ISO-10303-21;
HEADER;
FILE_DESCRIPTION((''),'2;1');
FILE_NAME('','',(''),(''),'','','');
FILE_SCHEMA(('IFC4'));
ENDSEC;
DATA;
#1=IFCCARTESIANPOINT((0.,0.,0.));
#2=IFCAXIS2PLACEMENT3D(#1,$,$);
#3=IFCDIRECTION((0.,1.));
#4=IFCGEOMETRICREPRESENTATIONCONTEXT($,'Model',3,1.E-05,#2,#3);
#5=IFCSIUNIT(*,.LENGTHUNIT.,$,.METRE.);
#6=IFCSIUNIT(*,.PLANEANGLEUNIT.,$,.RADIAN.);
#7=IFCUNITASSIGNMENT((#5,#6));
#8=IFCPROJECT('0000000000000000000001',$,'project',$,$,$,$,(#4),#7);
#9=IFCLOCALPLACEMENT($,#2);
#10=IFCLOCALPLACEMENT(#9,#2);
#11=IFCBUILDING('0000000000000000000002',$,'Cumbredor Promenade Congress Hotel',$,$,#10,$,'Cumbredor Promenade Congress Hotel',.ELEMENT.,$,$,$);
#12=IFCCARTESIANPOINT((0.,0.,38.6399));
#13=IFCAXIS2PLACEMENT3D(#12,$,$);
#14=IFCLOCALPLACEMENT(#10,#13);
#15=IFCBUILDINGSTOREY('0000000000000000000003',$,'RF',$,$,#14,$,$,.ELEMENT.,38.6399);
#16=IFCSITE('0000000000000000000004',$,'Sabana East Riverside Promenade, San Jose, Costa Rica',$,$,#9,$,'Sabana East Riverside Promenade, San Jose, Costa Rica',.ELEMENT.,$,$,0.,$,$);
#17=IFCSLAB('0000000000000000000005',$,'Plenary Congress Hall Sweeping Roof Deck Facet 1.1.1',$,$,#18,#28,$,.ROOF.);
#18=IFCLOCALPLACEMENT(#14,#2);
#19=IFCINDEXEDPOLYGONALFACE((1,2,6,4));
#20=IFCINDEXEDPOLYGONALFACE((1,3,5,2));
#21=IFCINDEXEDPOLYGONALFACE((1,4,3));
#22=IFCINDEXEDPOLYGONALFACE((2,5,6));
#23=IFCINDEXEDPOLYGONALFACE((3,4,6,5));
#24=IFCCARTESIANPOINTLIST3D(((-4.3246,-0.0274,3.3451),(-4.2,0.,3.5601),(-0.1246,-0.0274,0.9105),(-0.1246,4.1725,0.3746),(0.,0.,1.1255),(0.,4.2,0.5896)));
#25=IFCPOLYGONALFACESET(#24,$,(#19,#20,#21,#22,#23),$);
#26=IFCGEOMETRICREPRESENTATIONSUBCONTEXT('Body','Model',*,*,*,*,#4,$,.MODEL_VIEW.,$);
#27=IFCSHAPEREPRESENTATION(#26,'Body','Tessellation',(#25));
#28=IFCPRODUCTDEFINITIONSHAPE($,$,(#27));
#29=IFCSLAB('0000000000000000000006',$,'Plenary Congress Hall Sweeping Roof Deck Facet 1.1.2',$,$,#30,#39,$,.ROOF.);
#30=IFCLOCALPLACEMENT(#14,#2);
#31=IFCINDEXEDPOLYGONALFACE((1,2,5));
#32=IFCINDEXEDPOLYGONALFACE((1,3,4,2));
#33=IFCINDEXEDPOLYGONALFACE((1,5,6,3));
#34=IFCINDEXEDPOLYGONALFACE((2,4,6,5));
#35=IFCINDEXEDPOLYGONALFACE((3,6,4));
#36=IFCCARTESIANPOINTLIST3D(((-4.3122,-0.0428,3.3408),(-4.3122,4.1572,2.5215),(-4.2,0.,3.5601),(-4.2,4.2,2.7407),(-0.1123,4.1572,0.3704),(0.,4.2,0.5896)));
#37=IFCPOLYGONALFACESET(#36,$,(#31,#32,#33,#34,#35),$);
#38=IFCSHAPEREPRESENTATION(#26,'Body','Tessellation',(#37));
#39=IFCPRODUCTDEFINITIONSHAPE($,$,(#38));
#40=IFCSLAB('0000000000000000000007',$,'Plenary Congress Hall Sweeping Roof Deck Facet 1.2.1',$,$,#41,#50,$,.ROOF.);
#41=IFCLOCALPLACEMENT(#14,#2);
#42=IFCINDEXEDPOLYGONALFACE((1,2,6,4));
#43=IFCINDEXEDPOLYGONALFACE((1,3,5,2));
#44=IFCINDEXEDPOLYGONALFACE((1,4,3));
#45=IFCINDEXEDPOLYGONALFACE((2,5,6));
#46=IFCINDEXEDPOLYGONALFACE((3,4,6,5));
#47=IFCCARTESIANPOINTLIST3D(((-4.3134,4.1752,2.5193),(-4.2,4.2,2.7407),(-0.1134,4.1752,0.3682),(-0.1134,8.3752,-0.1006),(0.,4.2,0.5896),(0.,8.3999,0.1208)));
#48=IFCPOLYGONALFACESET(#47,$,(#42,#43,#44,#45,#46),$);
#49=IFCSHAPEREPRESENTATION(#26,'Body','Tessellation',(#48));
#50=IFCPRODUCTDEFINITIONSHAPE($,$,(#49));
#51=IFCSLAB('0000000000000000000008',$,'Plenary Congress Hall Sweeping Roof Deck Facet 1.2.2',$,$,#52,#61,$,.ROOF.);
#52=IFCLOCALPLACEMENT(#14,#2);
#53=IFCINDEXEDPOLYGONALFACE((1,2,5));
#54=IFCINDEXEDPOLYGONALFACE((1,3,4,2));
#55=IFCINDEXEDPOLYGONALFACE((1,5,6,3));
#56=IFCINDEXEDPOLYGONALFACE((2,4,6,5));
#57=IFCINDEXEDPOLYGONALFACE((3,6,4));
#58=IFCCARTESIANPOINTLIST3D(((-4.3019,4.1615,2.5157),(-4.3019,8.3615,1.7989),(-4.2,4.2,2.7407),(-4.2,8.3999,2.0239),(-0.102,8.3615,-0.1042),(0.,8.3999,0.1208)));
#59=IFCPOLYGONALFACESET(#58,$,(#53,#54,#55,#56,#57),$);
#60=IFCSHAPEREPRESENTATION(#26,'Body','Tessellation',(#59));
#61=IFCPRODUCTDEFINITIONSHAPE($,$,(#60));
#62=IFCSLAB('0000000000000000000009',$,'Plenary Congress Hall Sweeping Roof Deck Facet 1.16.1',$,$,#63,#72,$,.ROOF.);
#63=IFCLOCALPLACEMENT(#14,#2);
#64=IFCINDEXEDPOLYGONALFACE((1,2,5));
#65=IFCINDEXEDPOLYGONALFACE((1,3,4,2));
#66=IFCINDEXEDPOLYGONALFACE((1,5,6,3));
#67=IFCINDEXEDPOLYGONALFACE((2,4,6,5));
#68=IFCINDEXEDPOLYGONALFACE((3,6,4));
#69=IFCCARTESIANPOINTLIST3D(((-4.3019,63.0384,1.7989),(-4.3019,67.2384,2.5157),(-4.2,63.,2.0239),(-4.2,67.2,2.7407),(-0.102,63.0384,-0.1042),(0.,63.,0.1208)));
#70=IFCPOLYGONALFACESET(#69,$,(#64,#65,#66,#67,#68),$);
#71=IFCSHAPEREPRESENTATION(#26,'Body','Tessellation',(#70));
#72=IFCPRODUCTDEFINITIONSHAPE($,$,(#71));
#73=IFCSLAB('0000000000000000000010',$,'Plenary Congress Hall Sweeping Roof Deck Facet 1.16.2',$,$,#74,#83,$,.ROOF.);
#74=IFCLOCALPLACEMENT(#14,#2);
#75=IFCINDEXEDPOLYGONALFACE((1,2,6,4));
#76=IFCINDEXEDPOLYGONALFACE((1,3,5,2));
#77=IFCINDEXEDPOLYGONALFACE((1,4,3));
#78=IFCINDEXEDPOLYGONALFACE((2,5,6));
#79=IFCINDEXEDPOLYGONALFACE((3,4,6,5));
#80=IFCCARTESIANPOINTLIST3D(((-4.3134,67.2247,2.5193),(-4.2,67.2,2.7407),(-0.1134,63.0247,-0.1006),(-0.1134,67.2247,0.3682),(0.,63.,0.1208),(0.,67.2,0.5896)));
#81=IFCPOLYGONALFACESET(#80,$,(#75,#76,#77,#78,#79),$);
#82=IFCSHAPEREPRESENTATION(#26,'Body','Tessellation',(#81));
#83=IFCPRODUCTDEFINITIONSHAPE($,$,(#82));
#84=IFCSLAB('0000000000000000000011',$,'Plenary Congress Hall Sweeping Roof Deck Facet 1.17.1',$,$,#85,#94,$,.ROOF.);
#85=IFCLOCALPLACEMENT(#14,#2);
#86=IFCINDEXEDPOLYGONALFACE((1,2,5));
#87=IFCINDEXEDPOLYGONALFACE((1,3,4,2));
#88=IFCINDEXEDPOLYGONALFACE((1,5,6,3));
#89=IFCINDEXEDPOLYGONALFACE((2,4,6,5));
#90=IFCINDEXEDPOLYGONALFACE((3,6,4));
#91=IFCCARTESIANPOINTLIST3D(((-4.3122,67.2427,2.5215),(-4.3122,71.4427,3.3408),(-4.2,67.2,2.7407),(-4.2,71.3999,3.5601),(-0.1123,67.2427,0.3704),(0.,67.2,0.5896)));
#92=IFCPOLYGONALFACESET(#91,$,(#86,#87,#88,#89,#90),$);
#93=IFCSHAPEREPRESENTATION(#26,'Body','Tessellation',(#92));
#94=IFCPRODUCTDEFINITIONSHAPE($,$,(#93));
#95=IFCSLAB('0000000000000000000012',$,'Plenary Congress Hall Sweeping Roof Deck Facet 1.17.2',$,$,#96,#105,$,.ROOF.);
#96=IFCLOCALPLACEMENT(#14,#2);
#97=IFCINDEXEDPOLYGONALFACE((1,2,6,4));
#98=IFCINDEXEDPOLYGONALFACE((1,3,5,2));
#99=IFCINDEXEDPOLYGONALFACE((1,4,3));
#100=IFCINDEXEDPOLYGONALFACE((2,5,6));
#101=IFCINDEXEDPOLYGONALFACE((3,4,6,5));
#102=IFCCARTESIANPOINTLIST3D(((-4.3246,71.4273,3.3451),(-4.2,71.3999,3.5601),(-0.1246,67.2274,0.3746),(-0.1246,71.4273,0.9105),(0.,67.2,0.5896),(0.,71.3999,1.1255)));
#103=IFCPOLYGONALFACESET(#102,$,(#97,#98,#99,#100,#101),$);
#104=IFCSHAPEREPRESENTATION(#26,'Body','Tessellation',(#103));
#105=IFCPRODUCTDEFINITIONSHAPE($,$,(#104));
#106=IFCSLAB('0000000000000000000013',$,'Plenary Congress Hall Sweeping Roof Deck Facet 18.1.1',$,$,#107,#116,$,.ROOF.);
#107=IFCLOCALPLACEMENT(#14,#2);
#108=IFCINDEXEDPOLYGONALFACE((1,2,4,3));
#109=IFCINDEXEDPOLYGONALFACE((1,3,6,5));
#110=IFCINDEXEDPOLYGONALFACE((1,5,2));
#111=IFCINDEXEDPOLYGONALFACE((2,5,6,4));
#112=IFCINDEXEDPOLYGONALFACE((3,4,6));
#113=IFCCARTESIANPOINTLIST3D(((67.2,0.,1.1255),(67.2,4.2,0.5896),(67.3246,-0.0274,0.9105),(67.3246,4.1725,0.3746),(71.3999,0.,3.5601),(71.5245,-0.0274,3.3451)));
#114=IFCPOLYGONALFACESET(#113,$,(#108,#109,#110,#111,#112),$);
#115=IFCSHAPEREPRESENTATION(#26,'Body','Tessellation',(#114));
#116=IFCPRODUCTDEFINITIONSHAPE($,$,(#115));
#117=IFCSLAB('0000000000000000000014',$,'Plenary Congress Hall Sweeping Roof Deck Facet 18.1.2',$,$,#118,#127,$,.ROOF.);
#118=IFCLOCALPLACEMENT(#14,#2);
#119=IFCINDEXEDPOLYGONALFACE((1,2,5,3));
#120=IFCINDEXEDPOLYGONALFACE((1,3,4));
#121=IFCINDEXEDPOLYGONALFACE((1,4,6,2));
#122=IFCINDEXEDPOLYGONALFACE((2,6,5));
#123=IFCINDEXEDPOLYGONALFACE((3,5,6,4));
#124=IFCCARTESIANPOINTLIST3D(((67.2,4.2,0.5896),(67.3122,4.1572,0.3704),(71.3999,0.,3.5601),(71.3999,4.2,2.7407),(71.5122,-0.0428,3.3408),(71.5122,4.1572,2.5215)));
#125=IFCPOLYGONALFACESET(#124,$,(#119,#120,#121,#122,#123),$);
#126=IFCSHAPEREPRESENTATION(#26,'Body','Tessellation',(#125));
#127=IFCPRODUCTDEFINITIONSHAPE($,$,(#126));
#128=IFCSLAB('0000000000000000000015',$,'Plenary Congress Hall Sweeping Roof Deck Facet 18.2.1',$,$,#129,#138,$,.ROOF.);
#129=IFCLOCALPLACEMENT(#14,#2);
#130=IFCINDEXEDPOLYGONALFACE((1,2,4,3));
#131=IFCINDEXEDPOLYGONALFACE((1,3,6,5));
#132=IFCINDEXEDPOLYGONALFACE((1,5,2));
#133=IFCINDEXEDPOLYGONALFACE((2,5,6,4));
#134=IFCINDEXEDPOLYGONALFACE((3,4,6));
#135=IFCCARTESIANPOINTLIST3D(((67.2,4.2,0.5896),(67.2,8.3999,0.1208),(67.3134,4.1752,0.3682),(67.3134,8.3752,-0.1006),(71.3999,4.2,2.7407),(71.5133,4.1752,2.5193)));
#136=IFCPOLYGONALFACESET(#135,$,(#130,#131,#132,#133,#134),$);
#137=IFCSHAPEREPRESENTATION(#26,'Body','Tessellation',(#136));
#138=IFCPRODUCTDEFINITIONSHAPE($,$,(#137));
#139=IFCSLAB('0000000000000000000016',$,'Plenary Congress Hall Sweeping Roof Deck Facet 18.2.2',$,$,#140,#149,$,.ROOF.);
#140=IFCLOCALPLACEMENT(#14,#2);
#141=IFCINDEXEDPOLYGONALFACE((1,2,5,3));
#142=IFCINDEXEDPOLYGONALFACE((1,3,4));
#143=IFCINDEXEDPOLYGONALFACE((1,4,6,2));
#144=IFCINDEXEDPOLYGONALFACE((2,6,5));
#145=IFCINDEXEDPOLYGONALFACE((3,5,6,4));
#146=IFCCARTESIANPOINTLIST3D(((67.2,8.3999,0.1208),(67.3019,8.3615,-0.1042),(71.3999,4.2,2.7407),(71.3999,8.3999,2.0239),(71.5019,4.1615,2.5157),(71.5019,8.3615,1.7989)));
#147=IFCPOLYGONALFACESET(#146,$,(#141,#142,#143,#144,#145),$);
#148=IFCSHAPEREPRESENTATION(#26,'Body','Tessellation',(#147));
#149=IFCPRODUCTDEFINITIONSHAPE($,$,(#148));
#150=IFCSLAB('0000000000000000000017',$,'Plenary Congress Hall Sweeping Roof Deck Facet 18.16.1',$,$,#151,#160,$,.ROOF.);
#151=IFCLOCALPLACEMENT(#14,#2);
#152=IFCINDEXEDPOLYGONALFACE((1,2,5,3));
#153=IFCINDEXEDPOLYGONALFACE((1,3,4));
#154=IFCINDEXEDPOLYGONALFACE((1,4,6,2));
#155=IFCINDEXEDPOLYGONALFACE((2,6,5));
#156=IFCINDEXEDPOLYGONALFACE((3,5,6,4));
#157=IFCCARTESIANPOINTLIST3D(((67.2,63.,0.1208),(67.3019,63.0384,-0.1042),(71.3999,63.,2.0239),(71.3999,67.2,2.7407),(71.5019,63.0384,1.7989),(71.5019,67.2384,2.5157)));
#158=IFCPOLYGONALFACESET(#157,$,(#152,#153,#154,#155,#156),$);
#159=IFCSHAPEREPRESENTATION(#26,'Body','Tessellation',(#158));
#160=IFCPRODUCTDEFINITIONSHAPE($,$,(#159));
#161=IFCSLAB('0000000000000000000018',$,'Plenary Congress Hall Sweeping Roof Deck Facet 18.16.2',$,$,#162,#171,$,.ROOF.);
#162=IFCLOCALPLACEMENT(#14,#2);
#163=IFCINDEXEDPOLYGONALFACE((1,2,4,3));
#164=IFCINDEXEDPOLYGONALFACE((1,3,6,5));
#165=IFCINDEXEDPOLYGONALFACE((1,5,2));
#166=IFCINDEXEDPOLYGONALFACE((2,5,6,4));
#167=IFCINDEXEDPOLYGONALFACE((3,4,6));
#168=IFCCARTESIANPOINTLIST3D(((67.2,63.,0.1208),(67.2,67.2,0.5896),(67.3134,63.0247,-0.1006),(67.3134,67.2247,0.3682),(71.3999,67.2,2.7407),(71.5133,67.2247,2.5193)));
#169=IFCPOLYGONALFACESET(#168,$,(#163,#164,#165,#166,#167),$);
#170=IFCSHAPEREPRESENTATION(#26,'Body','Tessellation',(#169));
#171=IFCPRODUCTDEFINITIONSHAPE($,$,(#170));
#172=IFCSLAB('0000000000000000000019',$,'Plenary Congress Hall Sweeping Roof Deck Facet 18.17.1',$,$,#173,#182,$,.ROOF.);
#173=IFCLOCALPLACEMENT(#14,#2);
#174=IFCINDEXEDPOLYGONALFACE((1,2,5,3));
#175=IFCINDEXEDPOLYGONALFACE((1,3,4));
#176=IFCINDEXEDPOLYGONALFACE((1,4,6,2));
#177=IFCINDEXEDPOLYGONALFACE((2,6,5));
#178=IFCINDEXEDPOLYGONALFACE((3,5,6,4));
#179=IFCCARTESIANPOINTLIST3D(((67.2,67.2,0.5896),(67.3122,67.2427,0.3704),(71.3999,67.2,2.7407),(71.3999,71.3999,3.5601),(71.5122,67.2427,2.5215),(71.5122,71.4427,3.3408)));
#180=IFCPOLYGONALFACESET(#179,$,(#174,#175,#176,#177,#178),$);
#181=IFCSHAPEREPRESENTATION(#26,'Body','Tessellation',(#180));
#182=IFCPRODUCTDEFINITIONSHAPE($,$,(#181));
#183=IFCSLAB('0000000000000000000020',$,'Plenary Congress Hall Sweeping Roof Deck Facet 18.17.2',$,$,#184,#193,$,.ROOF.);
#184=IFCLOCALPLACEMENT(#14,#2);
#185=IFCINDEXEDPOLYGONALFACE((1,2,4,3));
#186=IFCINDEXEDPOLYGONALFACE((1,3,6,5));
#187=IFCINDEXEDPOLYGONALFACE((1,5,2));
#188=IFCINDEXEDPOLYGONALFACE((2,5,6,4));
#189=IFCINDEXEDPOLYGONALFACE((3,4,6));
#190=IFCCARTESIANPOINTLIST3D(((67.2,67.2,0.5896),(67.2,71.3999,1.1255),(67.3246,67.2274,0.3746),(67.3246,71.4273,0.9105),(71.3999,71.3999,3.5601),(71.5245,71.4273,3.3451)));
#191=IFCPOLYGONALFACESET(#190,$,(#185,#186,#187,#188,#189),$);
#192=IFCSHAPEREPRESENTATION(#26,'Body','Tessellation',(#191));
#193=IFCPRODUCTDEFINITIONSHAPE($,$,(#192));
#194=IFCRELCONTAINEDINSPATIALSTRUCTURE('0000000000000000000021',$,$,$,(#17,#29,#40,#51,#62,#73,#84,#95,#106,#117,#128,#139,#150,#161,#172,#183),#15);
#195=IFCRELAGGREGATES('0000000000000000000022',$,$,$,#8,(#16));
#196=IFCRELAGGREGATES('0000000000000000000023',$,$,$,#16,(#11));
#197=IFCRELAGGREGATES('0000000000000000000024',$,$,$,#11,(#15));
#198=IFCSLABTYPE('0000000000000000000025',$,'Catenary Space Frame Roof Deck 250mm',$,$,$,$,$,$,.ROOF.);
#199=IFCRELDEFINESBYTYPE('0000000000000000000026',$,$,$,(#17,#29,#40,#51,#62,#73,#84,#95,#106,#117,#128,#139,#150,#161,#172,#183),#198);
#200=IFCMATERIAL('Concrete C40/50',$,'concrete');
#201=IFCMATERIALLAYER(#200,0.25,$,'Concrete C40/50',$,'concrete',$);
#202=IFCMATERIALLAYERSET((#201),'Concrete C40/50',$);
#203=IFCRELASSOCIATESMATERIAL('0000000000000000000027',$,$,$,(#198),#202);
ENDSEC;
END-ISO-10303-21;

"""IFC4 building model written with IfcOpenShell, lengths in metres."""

from ifc_helpers import new_model, si_unit, direction, frame, origin, place, context, subcontext, project, spatial, polyline, outline, extrude, material, layer, layer_set, type_object, element, save


model = new_model("IFC4")

# Units and contexts
model_context = context("Model", 3, precision=1e-05, world=origin(), true_north=direction((0.0, 1.0)))
body_context = subcontext(model_context, "Body", "Model", "MODEL_VIEW")
ifc_project = project(units=[si_unit("LENGTHUNIT", "METRE"), si_unit("PLANEANGLEUNIT", "RADIAN")], contexts=[model_context])

# Site, building, storey
site_placement = place(None, origin())
site = spatial("IfcSite", under=ifc_project, at=site_placement, Name="Sabana East Riverside Promenade, San Jose, Costa Rica", LongName="Sabana East Riverside Promenade, San Jose, Costa Rica", CompositionType="ELEMENT", RefElevation=0.0)
building_placement = place(site_placement, origin())
building = spatial("IfcBuilding", under=site, at=building_placement, Name="Cumbredor Promenade Congress Hotel", LongName="Cumbredor Promenade Congress Hotel", CompositionType="ELEMENT")
storey_placement = place(building_placement, frame((0.0, 0.0, 38.6399)))
storey = spatial("IfcBuildingStorey", under=building, at=storey_placement, Name="RF", CompositionType="ELEMENT", Elevation=38.6399)

# Slabs
ifc_material_1 = material(Name="Concrete C40/50", Category="concrete")
ifc_layer_1 = layer(ifc_material_1, 0.25, Name="Concrete C40/50", Category="concrete")
ifc_layer_set_1 = layer_set([ifc_layer_1], Name="Concrete C40/50")
slab_type_1 = type_object("IfcSlabType", Name="Catenary Space Frame Roof Deck 250mm", PredefinedType="ROOF", material=ifc_layer_set_1)
slab_1_placement = place(storey_placement, frame((-4.2, 0.0, 3.5601), z_axis=(0.498474, 0.109722, 0.859933), x_axis=(0.865156, 0.0, -0.501502)))
element("IfcSlab", 1, at=slab_1_placement, inside=storey, type_object=slab_type_1, Name="Plenary Congress Hall Sweeping Roof Deck Facet 1.1.1", PredefinedType="ROOF", context=body_context, shape_type="SweptSolid", body=[
    extrude(outline(polyline([(0.0, 0.0), (4.8546, 0.0), (5.1233, 4.2255), (0.0, 0.0)])), origin(), (0.0, 0.0, -1.0), 0.25),
])
slab_2_placement = place(storey_placement, frame((-4.2, 0.0, 3.5601), z_axis=(0.449144, 0.171073, 0.876929), x_axis=(0.632428, 0.632428, -0.447291)))
element("IfcSlab", 2, at=slab_2_placement, inside=storey, type_object=slab_type_1, Name="Plenary Congress Hall Sweeping Roof Deck Facet 1.1.2", PredefinedType="ROOF", context=body_context, shape_type="SweptSolid", body=[
    extrude(outline(polyline([(0.0, 0.0), (6.641, 0.0), (3.0226, 3.0289), (0.0, 0.0)])), origin(), (0.0, 0.0, -1.0), 0.25),
])
slab_3_placement = place(storey_placement, frame((-4.2, 4.2, 2.7407), z_axis=(0.453631, 0.098851, 0.88569), x_axis=(0.89005, 0.0, -0.455864)))
element("IfcSlab", 3, at=slab_3_placement, inside=storey, type_object=slab_type_1, Name="Plenary Congress Hall Sweeping Roof Deck Facet 1.2.1", PredefinedType="ROOF", context=body_context, shape_type="SweptSolid", body=[
    extrude(outline(polyline([(0.0, 0.0), (4.7188, 0.0), (4.9325, 4.2206), (0.0, 0.0)])), origin(), (0.0, 0.0, -1.0), 0.25),
])
slab_4_placement = place(storey_placement, frame((-4.2, 4.2, 2.7407), z_axis=(0.407827, 0.153609, 0.900045), x_axis=(0.646967, 0.646967, -0.403569)))
element("IfcSlab", 4, at=slab_4_placement, inside=storey, type_object=slab_type_1, Name="Plenary Congress Hall Sweeping Roof Deck Facet 1.2.2", PredefinedType="ROOF", context=body_context, shape_type="SweptSolid", body=[
    extrude(outline(polyline([(0.0, 0.0), (6.4918, 0.0), (3.0065, 3.019), (0.0, 0.0)])), origin(), (0.0, 0.0, -1.0), 0.25),
])
slab_5_placement = place(storey_placement, frame((-4.2, 63.0, 2.0239), z_axis=(0.407827, -0.153609, 0.900045), x_axis=(0.910855, 0.0, -0.412726)))
element("IfcSlab", 5, at=slab_5_placement, inside=storey, type_object=slab_type_1, Name="Plenary Congress Hall Sweeping Roof Deck Facet 1.16.1", PredefinedType="ROOF", context=body_context, shape_type="SweptSolid", body=[
    extrude(outline(polyline([(0.0, 0.0), (4.611, 0.0), (-0.2958, 4.2504), (0.0, 0.0)])), origin(), (0.0, 0.0, -1.0), 0.25),
])
slab_6_placement = place(storey_placement, frame((0.0, 63.0, 0.1208), z_axis=(0.453631, -0.098851, 0.88569), x_axis=(0.0, 0.993829, 0.11092)))
element("IfcSlab", 6, at=slab_6_placement, inside=storey, type_object=slab_type_1, Name="Plenary Congress Hall Sweeping Roof Deck Facet 1.16.2", PredefinedType="ROOF", context=body_context, shape_type="SweptSolid", body=[
    extrude(outline(polyline([(0.0, 0.0), (4.226, 0.0), (4.4646, 4.7127), (0.0, 0.0)])), origin(), (0.0, 0.0, -1.0), 0.25),
])
slab_7_placement = place(storey_placement, frame((-4.2, 67.2, 2.7407), z_axis=(0.449144, -0.171073, 0.876929), x_axis=(0.89005, 0.0, -0.455864)))
element("IfcSlab", 7, at=slab_7_placement, inside=storey, type_object=slab_type_1, Name="Plenary Congress Hall Sweeping Roof Deck Facet 1.17.1", PredefinedType="ROOF", context=body_context, shape_type="SweptSolid", body=[
    extrude(outline(polyline([(0.0, 0.0), (4.7188, 0.0), (-0.3735, 4.2628), (0.0, 0.0)])), origin(), (0.0, 0.0, -1.0), 0.25),
])
slab_8_placement = place(storey_placement, frame((0.0, 67.2, 0.5896), z_axis=(0.498474, -0.109722, 0.859933), x_axis=(0.0, 0.991958, 0.126568)))
element("IfcSlab", 8, at=slab_8_placement, inside=storey, type_object=slab_type_1, Name="Plenary Congress Hall Sweeping Roof Deck Facet 1.17.2", PredefinedType="ROOF", context=body_context, shape_type="SweptSolid", body=[
    extrude(outline(polyline([(0.0, 0.0), (4.234, 0.0), (4.5421, 4.8448), (0.0, 0.0)])), origin(), (0.0, 0.0, -1.0), 0.25),
])
slab_9_placement = place(storey_placement, frame((67.2, 0.0, 1.1255), z_axis=(-0.498474, 0.109722, 0.859933), x_axis=(0.865156, 0.0, 0.501502)))
element("IfcSlab", 9, at=slab_9_placement, inside=storey, type_object=slab_type_1, Name="Plenary Congress Hall Sweeping Roof Deck Facet 18.1.1", PredefinedType="ROOF", context=body_context, shape_type="SweptSolid", body=[
    extrude(outline(polyline([(0.0, 0.0), (4.8546, 0.0), (-0.2687, 4.2255), (0.0, 0.0)])), origin(), (0.0, 0.0, -1.0), 0.25),
])
slab_10_placement = place(storey_placement, frame((71.3999, 0.0, 3.5601), z_axis=(-0.449144, 0.171073, 0.876929), x_axis=(0.0, 0.981498, -0.191473)))
element("IfcSlab", 10, at=slab_10_placement, inside=storey, type_object=slab_type_1, Name="Plenary Congress Hall Sweeping Roof Deck Facet 18.1.2", PredefinedType="ROOF", context=body_context, shape_type="SweptSolid", body=[
    extrude(outline(polyline([(0.0, 0.0), (4.2791, 0.0), (4.691, 4.7008), (0.0, 0.0)])), origin(), (0.0, 0.0, -1.0), 0.25),
])
slab_11_placement = place(storey_placement, frame((67.2, 4.2, 0.5896), z_axis=(-0.453631, 0.098851, 0.88569), x_axis=(0.89005, 0.0, 0.455864)))
element("IfcSlab", 11, at=slab_11_placement, inside=storey, type_object=slab_type_1, Name="Plenary Congress Hall Sweeping Roof Deck Facet 18.2.1", PredefinedType="ROOF", context=body_context, shape_type="SweptSolid", body=[
    extrude(outline(polyline([(0.0, 0.0), (4.7188, 0.0), (-0.2137, 4.2206), (0.0, 0.0)])), origin(), (0.0, 0.0, -1.0), 0.25),
])
slab_12_placement = place(storey_placement, frame((71.3999, 4.2, 2.7407), z_axis=(-0.407827, 0.153609, 0.900045), x_axis=(0.0, 0.985747, -0.168235)))
element("IfcSlab", 12, at=slab_12_placement, inside=storey, type_object=slab_type_1, Name="Plenary Congress Hall Sweeping Roof Deck Facet 18.2.2", PredefinedType="ROOF", context=body_context, shape_type="SweptSolid", body=[
    extrude(outline(polyline([(0.0, 0.0), (4.2607, 0.0), (4.5808, 4.5999), (0.0, 0.0)])), origin(), (0.0, 0.0, -1.0), 0.25),
])
slab_13_placement = place(storey_placement, frame((67.2, 63.0, 0.1208), z_axis=(-0.407827, -0.153609, 0.900045), x_axis=(0.910855, 0.0, 0.412726)))
element("IfcSlab", 13, at=slab_13_placement, inside=storey, type_object=slab_type_1, Name="Plenary Congress Hall Sweeping Roof Deck Facet 18.16.1", PredefinedType="ROOF", context=body_context, shape_type="SweptSolid", body=[
    extrude(outline(polyline([(0.0, 0.0), (4.611, 0.0), (4.9068, 4.2504), (0.0, 0.0)])), origin(), (0.0, 0.0, -1.0), 0.25),
])
slab_14_placement = place(storey_placement, frame((67.2, 63.0, 0.1208), z_axis=(-0.453631, -0.098851, 0.88569), x_axis=(0.646967, 0.646967, 0.403569)))
element("IfcSlab", 14, at=slab_14_placement, inside=storey, type_object=slab_type_1, Name="Plenary Congress Hall Sweeping Roof Deck Facet 18.16.2", PredefinedType="ROOF", context=body_context, shape_type="SweptSolid", body=[
    extrude(outline(polyline([(0.0, 0.0), (6.4918, 0.0), (2.9064, 3.0679), (0.0, 0.0)])), origin(), (0.0, 0.0, -1.0), 0.25),
])
slab_15_placement = place(storey_placement, frame((67.2, 67.2, 0.5896), z_axis=(-0.449144, -0.171073, 0.876929), x_axis=(0.89005, 0.0, 0.455864)))
element("IfcSlab", 15, at=slab_15_placement, inside=storey, type_object=slab_type_1, Name="Plenary Congress Hall Sweeping Roof Deck Facet 18.17.1", PredefinedType="ROOF", context=body_context, shape_type="SweptSolid", body=[
    extrude(outline(polyline([(0.0, 0.0), (4.7188, 0.0), (5.0923, 4.2628), (0.0, 0.0)])), origin(), (0.0, 0.0, -1.0), 0.25),
])
slab_16_placement = place(storey_placement, frame((67.2, 67.2, 0.5896), z_axis=(-0.498474, -0.109722, 0.859933), x_axis=(0.632428, 0.632428, 0.447291)))
element("IfcSlab", 16, at=slab_16_placement, inside=storey, type_object=slab_type_1, Name="Plenary Congress Hall Sweeping Roof Deck Facet 18.17.2", PredefinedType="ROOF", context=body_context, shape_type="SweptSolid", body=[
    extrude(outline(polyline([(0.0, 0.0), (6.641, 0.0), (2.8959, 3.0888), (0.0, 0.0)])), origin(), (0.0, 0.0, -1.0), 0.25),
])

save(model, "model.ifc")
